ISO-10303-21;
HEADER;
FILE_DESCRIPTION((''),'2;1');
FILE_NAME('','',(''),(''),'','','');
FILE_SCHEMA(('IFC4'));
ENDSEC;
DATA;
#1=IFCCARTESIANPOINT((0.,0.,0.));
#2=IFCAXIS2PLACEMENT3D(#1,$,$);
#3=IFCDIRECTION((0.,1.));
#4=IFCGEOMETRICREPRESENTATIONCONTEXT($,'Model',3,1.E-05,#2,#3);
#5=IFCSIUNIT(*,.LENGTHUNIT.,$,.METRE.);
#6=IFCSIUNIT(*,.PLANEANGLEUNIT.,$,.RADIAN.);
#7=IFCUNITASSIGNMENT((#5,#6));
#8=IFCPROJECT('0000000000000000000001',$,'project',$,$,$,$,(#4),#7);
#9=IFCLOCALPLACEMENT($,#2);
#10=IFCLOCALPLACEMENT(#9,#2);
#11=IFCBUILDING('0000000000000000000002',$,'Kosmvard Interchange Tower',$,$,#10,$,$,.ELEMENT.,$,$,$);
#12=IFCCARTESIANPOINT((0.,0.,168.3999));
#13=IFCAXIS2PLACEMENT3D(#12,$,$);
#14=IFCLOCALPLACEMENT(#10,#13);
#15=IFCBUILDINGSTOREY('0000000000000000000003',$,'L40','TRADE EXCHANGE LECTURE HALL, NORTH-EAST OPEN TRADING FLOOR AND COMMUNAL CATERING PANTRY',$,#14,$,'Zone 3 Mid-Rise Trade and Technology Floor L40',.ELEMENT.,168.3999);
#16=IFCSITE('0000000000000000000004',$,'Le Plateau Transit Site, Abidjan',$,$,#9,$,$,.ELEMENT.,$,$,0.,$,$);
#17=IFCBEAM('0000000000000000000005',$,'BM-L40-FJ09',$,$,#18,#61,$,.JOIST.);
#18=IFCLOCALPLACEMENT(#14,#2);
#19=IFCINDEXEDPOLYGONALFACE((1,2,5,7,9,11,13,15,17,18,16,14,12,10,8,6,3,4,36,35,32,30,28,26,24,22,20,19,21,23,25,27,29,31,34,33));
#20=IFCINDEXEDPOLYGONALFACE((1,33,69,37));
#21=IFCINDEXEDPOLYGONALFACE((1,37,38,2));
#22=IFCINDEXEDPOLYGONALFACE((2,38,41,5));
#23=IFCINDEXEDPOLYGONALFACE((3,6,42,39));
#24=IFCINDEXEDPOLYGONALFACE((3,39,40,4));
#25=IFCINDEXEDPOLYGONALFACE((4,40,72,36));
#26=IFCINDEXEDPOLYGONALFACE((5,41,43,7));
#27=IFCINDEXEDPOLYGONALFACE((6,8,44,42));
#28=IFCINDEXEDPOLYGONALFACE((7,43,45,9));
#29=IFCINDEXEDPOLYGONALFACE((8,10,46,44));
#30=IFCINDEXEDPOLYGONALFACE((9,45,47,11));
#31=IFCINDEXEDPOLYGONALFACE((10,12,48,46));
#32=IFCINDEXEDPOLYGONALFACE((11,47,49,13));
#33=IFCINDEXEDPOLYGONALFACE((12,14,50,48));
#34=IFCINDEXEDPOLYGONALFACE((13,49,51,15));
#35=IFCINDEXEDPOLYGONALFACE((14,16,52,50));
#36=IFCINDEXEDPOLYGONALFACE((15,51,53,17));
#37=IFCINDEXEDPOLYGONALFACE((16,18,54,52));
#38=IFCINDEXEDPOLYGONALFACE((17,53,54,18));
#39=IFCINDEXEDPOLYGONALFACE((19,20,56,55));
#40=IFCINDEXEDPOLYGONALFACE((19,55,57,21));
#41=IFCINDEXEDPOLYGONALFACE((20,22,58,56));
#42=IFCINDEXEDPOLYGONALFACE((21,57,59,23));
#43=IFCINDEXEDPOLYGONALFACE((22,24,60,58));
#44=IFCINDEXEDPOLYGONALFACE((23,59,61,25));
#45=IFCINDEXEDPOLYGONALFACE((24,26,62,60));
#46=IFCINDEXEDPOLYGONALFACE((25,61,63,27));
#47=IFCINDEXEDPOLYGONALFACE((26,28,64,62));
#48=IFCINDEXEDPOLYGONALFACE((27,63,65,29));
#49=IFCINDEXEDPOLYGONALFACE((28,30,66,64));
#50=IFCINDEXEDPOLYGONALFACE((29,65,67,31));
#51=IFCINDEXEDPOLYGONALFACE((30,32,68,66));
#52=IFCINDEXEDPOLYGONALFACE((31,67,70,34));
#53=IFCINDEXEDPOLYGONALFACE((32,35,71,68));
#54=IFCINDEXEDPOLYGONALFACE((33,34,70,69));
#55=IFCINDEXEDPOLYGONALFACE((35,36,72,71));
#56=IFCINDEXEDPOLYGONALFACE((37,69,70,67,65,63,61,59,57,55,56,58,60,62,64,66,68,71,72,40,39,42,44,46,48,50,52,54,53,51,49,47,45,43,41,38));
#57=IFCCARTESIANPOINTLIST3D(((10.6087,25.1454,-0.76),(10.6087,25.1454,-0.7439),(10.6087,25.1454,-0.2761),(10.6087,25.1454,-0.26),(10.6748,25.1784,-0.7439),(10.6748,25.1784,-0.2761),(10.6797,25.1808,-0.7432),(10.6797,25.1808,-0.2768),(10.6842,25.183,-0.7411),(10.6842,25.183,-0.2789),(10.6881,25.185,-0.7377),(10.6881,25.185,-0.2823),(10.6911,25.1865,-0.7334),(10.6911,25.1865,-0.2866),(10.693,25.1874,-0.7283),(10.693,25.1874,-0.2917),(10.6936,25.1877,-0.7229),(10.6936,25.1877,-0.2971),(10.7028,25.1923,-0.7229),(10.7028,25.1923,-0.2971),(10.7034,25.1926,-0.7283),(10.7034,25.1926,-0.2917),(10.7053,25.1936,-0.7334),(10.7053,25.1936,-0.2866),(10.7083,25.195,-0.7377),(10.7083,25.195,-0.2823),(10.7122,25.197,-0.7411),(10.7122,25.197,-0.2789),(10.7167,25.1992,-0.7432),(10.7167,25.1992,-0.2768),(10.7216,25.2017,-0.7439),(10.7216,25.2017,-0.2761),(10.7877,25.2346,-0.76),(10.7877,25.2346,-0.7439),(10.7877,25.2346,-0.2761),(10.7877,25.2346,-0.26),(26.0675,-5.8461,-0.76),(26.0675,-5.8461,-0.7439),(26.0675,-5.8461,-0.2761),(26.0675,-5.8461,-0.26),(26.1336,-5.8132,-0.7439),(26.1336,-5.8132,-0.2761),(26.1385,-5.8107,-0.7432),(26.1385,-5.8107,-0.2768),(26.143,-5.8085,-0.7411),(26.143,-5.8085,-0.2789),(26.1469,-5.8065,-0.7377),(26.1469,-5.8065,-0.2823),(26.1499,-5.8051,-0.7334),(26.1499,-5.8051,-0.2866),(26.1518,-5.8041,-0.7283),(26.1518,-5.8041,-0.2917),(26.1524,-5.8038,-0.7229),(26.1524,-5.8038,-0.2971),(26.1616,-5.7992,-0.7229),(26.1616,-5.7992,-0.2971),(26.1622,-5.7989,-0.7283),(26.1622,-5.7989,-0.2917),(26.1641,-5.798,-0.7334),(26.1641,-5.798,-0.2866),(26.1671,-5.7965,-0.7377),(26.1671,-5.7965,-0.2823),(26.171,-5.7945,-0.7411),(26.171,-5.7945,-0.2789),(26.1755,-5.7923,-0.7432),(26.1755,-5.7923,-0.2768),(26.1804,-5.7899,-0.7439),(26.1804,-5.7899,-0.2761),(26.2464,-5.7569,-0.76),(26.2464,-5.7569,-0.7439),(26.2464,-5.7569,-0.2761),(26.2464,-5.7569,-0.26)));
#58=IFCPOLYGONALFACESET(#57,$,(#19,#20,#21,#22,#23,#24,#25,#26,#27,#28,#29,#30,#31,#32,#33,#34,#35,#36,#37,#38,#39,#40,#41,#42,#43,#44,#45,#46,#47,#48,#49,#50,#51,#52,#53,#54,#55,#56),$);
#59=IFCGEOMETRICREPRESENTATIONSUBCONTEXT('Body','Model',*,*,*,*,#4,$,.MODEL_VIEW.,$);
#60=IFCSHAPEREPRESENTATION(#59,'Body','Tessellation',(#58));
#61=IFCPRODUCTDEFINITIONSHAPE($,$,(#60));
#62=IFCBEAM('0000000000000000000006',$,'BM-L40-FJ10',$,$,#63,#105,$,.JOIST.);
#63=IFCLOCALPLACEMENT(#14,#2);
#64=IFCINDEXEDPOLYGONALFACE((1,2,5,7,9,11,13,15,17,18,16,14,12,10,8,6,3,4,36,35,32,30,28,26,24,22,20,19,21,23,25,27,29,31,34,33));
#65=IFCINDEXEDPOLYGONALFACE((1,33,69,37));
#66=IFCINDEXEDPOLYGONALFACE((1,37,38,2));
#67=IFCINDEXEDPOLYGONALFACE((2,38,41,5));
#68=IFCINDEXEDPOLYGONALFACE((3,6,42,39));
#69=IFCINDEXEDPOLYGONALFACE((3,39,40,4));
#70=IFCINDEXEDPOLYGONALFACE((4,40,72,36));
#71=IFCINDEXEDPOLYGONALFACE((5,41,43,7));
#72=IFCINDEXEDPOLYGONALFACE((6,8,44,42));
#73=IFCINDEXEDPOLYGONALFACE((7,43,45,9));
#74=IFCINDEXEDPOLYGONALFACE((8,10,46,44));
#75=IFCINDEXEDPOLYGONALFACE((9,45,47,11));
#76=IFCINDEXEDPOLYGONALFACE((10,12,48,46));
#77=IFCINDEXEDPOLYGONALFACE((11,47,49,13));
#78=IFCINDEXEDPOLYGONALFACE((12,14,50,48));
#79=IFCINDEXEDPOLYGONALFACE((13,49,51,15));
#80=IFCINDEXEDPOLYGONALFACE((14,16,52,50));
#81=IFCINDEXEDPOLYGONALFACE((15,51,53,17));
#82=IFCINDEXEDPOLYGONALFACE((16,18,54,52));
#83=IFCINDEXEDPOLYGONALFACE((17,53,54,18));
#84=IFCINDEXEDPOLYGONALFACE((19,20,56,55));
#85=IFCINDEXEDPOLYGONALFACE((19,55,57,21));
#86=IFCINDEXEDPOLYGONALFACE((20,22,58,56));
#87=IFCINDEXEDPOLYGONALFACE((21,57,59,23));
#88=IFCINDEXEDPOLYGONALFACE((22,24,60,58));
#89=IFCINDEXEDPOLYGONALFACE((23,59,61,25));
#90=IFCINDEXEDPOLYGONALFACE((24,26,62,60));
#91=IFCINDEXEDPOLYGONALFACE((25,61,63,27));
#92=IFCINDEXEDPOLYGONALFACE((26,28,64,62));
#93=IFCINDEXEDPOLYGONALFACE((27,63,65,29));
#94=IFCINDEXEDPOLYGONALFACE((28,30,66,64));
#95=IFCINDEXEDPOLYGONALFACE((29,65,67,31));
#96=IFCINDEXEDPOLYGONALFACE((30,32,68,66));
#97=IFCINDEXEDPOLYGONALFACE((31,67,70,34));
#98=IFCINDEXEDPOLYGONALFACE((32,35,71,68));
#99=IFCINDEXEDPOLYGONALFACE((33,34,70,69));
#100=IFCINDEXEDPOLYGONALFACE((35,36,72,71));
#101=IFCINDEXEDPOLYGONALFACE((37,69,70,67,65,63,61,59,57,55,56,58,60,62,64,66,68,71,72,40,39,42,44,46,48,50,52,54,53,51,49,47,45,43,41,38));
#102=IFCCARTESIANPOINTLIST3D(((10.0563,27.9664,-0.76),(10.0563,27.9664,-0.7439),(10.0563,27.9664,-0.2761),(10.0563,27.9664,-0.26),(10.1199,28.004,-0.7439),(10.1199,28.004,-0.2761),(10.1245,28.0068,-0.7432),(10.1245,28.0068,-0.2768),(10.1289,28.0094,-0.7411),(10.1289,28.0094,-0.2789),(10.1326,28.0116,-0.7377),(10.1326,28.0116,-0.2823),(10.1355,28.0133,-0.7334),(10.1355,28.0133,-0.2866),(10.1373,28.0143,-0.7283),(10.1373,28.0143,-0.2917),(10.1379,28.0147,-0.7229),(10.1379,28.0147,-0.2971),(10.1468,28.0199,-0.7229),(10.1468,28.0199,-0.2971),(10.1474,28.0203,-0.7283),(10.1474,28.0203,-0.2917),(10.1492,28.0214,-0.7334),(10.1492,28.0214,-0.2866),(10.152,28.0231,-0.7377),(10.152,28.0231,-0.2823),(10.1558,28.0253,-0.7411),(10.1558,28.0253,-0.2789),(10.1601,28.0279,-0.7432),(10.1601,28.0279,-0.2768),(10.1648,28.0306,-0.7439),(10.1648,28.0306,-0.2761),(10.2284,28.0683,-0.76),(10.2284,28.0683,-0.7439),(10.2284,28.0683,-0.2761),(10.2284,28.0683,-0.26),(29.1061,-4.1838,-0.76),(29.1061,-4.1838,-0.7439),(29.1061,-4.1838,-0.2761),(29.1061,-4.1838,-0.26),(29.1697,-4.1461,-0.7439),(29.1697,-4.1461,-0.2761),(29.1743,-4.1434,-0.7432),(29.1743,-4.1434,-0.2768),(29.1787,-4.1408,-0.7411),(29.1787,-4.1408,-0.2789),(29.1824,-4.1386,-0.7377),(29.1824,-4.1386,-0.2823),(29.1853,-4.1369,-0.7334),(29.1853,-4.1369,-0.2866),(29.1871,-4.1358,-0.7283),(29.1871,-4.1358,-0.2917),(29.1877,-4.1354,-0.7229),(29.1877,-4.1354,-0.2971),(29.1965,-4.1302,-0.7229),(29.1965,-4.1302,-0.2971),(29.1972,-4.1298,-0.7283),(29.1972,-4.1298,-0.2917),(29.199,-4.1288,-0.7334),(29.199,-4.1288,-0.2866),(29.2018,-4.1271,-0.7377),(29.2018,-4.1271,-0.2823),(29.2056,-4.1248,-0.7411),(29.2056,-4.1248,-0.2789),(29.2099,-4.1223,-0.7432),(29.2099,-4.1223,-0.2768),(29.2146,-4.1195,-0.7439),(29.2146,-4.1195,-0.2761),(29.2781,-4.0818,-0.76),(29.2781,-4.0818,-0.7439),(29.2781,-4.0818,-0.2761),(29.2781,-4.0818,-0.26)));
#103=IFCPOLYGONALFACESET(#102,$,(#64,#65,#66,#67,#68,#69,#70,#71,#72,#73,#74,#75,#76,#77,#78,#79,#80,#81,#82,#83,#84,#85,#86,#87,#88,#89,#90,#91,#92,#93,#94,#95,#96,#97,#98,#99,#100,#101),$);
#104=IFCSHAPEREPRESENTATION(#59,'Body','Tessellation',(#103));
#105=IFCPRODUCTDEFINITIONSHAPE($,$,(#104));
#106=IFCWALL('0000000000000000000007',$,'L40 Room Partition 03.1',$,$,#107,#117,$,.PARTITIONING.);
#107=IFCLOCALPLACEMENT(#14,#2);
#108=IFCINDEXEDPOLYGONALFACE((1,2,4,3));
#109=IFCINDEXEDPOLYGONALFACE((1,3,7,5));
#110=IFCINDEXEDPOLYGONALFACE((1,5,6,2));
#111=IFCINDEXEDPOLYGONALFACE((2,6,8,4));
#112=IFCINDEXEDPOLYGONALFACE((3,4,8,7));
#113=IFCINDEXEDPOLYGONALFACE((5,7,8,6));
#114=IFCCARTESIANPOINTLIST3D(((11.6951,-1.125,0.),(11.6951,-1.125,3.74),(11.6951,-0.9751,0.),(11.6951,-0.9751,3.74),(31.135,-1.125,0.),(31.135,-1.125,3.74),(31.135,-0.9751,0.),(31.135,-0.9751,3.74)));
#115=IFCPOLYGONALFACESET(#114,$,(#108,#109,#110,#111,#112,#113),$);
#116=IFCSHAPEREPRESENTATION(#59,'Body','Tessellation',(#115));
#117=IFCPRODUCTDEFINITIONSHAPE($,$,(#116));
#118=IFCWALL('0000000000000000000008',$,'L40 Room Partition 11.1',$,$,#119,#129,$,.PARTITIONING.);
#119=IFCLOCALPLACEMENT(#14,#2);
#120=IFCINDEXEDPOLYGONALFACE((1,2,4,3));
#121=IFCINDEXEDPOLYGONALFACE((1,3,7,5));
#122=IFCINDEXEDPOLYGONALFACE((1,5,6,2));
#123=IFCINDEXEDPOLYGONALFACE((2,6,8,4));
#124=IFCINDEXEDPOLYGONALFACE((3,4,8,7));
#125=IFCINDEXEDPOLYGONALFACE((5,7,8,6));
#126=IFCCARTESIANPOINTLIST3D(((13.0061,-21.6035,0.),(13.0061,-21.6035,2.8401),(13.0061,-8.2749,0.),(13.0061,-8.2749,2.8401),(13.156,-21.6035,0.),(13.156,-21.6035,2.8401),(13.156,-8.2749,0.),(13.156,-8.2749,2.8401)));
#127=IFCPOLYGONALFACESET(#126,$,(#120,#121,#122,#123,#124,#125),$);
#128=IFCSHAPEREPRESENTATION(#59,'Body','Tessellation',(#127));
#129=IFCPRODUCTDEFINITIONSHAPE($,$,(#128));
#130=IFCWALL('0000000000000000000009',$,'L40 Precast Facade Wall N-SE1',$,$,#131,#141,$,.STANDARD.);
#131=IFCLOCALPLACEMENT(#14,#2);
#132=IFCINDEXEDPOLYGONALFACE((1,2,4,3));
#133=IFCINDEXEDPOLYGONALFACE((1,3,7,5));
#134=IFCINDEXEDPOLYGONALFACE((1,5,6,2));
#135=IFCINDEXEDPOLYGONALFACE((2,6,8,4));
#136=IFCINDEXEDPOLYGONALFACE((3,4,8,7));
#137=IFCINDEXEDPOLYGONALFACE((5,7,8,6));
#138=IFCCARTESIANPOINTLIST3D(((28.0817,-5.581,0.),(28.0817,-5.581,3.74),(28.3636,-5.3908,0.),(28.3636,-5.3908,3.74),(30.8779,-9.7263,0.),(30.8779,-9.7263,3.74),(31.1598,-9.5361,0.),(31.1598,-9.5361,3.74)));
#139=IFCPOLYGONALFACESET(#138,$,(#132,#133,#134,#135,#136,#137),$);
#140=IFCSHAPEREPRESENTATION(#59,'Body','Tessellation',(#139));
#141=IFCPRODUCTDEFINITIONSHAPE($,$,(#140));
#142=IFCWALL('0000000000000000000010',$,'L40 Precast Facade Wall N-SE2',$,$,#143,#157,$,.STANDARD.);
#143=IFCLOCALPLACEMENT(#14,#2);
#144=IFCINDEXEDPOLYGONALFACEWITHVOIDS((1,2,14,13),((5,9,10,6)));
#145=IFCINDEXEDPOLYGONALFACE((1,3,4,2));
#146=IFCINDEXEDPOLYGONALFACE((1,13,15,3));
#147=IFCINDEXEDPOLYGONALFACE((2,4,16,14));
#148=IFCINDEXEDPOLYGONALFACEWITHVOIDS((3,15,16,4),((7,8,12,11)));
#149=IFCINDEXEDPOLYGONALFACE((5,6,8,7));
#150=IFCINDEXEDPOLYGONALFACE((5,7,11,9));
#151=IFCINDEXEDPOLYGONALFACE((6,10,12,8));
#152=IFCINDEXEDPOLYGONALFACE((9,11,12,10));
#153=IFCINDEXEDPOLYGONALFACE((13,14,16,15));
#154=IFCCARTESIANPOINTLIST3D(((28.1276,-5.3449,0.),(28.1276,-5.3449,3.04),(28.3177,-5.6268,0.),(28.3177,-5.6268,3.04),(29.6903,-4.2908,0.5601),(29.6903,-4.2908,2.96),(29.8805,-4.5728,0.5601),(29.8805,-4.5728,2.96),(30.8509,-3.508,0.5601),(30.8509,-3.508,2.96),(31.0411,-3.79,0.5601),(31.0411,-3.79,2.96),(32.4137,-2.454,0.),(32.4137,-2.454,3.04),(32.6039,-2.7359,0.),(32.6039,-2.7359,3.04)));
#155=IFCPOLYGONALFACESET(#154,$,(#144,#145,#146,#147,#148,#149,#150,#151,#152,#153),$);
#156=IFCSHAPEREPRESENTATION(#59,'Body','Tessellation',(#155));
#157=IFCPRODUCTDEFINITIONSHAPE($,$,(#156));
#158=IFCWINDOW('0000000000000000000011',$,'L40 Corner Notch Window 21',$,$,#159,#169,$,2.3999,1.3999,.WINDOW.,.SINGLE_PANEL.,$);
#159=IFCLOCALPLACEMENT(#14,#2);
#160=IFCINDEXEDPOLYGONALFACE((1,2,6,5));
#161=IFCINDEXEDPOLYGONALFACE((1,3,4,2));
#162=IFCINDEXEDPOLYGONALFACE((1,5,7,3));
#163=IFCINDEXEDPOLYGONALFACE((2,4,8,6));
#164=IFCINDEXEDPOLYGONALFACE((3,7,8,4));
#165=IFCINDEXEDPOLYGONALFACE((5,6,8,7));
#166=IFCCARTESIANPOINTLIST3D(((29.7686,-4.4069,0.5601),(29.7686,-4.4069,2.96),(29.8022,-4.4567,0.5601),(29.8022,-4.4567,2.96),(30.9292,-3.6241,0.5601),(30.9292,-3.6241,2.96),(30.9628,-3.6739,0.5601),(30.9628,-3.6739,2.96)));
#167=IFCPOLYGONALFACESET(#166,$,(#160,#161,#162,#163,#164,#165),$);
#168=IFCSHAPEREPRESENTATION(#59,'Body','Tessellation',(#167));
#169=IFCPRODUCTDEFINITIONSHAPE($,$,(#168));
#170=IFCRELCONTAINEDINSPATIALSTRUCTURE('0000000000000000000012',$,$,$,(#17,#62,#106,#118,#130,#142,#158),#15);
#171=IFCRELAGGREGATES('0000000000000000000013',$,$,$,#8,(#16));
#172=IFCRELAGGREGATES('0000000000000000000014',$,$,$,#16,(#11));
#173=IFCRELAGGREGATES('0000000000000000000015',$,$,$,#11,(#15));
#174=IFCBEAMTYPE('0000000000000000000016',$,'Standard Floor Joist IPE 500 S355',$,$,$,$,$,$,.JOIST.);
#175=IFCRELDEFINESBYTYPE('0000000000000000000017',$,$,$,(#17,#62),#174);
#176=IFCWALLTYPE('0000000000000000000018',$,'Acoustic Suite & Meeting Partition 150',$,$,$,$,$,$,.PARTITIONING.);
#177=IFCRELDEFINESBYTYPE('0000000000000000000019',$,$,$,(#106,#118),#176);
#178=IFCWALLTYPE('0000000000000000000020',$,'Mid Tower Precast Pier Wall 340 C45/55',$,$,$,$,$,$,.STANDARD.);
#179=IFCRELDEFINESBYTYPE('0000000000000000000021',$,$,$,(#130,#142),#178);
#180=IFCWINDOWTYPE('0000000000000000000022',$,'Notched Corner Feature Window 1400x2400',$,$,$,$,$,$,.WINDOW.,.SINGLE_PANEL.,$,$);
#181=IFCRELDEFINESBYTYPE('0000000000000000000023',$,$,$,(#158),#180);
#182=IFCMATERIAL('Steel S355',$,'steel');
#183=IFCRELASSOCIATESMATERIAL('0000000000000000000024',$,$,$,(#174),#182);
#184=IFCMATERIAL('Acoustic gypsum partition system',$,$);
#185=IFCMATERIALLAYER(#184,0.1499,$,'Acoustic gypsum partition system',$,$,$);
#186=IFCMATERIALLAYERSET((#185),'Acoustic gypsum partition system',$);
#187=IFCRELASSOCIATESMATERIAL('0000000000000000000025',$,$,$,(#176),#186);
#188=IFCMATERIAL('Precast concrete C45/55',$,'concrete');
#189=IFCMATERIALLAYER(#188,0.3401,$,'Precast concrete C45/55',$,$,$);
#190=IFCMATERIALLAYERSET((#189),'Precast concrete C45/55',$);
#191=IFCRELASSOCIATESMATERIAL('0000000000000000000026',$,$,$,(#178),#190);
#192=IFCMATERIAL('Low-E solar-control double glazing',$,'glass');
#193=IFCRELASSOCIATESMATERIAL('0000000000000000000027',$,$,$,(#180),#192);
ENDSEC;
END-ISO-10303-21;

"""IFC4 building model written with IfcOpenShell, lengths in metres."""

from ifc_helpers import new_model, si_unit, direction, frame, frame_2d, origin, origin_2d, place, context, subcontext, project, spatial, rectangle, i_section, extrude, source, transform, mapped, material, layer, layer_set, material_profile, profile_set, type_object, element, fill, save


model = new_model("IFC4")

# Units and contexts
model_context = context("Model", 3, precision=1e-05, world=origin(), true_north=direction((0.0, 1.0)))
body_context = subcontext(model_context, "Body", "Model", "MODEL_VIEW")
ifc_project = project(units=[si_unit("LENGTHUNIT", "METRE"), si_unit("PLANEANGLEUNIT", "RADIAN")], contexts=[model_context])

# Site, building, storey
site_placement = place(None, origin())
site = spatial("IfcSite", under=ifc_project, at=site_placement, Name="Le Plateau Transit Site, Abidjan", CompositionType="ELEMENT", RefElevation=0.0)
building_placement = place(site_placement, origin())
building = spatial("IfcBuilding", under=site, at=building_placement, Name="Kosmvard Interchange Tower", CompositionType="ELEMENT")
storey_placement = place(building_placement, frame((0.0, 0.0, 168.3999)))
storey = spatial("IfcBuildingStorey", under=building, at=storey_placement, Name="L40", Description="TRADE EXCHANGE LECTURE HALL, NORTH-EAST OPEN TRADING FLOOR AND COMMUNAL CATERING PANTRY", LongName="Zone 3 Mid-Rise Trade and Technology Floor L40", CompositionType="ELEMENT", Elevation=168.3999)

# Beams
ifc_material_1 = material(Name="Steel S355", Category="steel")
ifc_material_2 = material(Name="Precast concrete C45/55", Category="concrete")
ifc_material_profile_1 = material_profile(ifc_material_1, i_section(OverallWidth=0.2, OverallDepth=0.5, WebThickness=0.0103, FlangeThickness=0.0161, FilletRadius=0.021, at=origin_2d()), Name="IPE 500")
ifc_profile_set_1 = profile_set([ifc_material_profile_1], Name="Steel S355")
beam_type_1 = type_object("IfcBeamType", Name="Standard Floor Joist IPE 500 S355", PredefinedType="JOIST", material=ifc_profile_set_1)
shared_shape_1 = source(origin(), body_context, "Body", "SweptSolid", [
    extrude(i_section(OverallWidth=0.2, OverallDepth=0.5, WebThickness=0.0103, FlangeThickness=0.0161, FilletRadius=0.021, at=origin_2d()), origin(), (0.0, 0.0, 1.0), 34.6331),
])
beam_1_placement = place(storey_placement, frame((26.157, -5.8015, -0.51), z_axis=(-0.446359, 0.894854, 0.0), x_axis=(-0.894854, -0.446359, 0.0)))
element("IfcBeam", 1, at=beam_1_placement, inside=storey, type_object=beam_type_1, Name="BM-L40-FJ09", PredefinedType="JOIST", context=body_context, shape_type="MappedRepresentation", body=[
    mapped(shared_shape_1, transform((0.0, 0.0, 0.0), scale=1.0)),
])
shared_shape_2 = source(origin(), body_context, "Body", "SweptSolid", [
    extrude(i_section(OverallWidth=0.2, OverallDepth=0.5, WebThickness=0.0103, FlangeThickness=0.0161, FilletRadius=0.021, at=origin_2d()), origin(), (0.0, 0.0, 1.0), 37.3701),
])
beam_2_placement = place(storey_placement, frame((29.1921, -4.1328, -0.51), z_axis=(-0.50976, 0.860317, 0.0), x_axis=(-0.860317, -0.50976, 0.0)))
element("IfcBeam", 2, at=beam_2_placement, inside=storey, type_object=beam_type_1, Name="BM-L40-FJ10", PredefinedType="JOIST", context=body_context, shape_type="MappedRepresentation", body=[
    mapped(shared_shape_2, transform((0.0, 0.0, 0.0), scale=1.0)),
])

# Walls
ifc_material_3 = material(Name="Acoustic gypsum partition system")
ifc_layer_1 = layer(ifc_material_3, 0.1499, Name="Acoustic gypsum partition system")
ifc_layer_set_1 = layer_set([ifc_layer_1], Name="Acoustic gypsum partition system")
wall_type_1 = type_object("IfcWallType", Name="Acoustic Suite & Meeting Partition 150", PredefinedType="PARTITIONING", material=ifc_layer_set_1)
wall_1_placement = place(storey_placement, frame((11.6951, -1.05, 0.0), z_axis=(0.0, 0.0, 1.0), x_axis=(1.0, 0.0, 0.0)))
element("IfcWall", 3, at=wall_1_placement, inside=storey, type_object=wall_type_1, Name="L40 Room Partition 03.1", PredefinedType="PARTITIONING", context=body_context, shape_type="SweptSolid", body=[
    extrude(rectangle(XDim=19.4399, YDim=0.1499, at=frame_2d((9.72, 0.0))), origin(), (0.0, 0.0, 1.0), 3.74),
])
wall_2_placement = place(storey_placement, frame((13.0811, -8.2749, 0.0), z_axis=(0.0, 0.0, 1.0), x_axis=(0.0, -1.0, 0.0)))
element("IfcWall", 4, at=wall_2_placement, inside=storey, type_object=wall_type_1, Name="L40 Room Partition 11.1", PredefinedType="PARTITIONING", context=body_context, shape_type="SweptSolid", body=[
    extrude(rectangle(XDim=13.3286, YDim=0.1499, at=frame_2d((6.6643, 0.0))), origin(), (0.0, 0.0, 1.0), 2.8401),
])
ifc_layer_2 = layer(ifc_material_2, 0.3401, Name="Precast concrete C45/55")
ifc_layer_set_2 = layer_set([ifc_layer_2], Name="Precast concrete C45/55")
wall_type_2 = type_object("IfcWallType", Name="Mid Tower Precast Pier Wall 340 C45/55", PredefinedType="STANDARD", material=ifc_layer_set_2)
wall_3_placement = place(storey_placement, frame((31.0188, -9.6311, 0.0), z_axis=(0.0, 0.0, 1.0), x_axis=(-0.55921, 0.829026, 0.0)))
element("IfcWall", 5, at=wall_3_placement, inside=storey, type_object=wall_type_2, Name="L40 Precast Facade Wall N-SE1", PredefinedType="STANDARD", context=body_context, shape_type="SweptSolid", body=[
    extrude(rectangle(XDim=5.0002, YDim=0.3401, at=frame_2d((2.5, 0.0))), origin(), (0.0, 0.0, 1.0), 3.74),
])

# Wall, opening, window
wall_4_placement = place(storey_placement, frame((28.2227, -5.4858, 0.0), z_axis=(0.0, 0.0, 1.0), x_axis=(0.829052, 0.559171, 0.0)))
wall_4 = element("IfcWall", 6, at=wall_4_placement, inside=storey, type_object=wall_type_2, Name="L40 Precast Facade Wall N-SE2", PredefinedType="STANDARD", context=body_context, shape_type="SweptSolid", body=[
    extrude(rectangle(XDim=5.1699, YDim=0.3401, at=frame_2d((2.585, 0.0))), origin(), (0.0, 0.0, 1.0), 3.04),
])
opening_1_placement = place(wall_4_placement, frame((1.885, 0.0, 0.5601)))
opening_1 = element("IfcOpeningElement", 7, at=opening_1_placement, cuts=wall_4, PredefinedType="OPENING", context=body_context, shape_type="SweptSolid", body=[
    extrude(rectangle(XDim=1.3999, YDim=2.3999, at=frame_2d((0.7, 1.2))), frame((0.0, 0.1802, 0.0), z_axis=(0.0, -1.0, 0.0), x_axis=(1.0, 0.0, 0.0)), (0.0, 0.0, 1.0), 0.3601),
])
ifc_material_4 = material(Name="Low-E solar-control double glazing", Category="glass")
window_type_1 = type_object("IfcWindowType", Name="Notched Corner Feature Window 1400x2400", PartitioningType="SINGLE_PANEL", PredefinedType="WINDOW", material=ifc_material_4)
shared_shape_3 = source(origin(), body_context, "Body", "SweptSolid", [
    extrude(rectangle(XDim=1.3999, YDim=2.3999, at=frame_2d((0.7, 1.2))), frame((0.0, 0.03, 0.0), z_axis=(0.0, -1.0, 0.0), x_axis=(1.0, 0.0, 0.0)), (0.0, 0.0, 1.0), 0.0601),
])
window_1_placement = place(opening_1_placement, origin())
window_1 = element("IfcWindow", 8, at=window_1_placement, inside=storey, type_object=window_type_1, Name="L40 Corner Notch Window 21", OverallHeight=2.3999, OverallWidth=1.3999, PartitioningType="SINGLE_PANEL", PredefinedType="WINDOW", context=body_context, shape_type="MappedRepresentation", body=[
    mapped(shared_shape_3, transform((0.0, 0.0, 0.0), scale=1.0)),
])
fill(opening_1, window_1)

save(model, "model.ifc")
